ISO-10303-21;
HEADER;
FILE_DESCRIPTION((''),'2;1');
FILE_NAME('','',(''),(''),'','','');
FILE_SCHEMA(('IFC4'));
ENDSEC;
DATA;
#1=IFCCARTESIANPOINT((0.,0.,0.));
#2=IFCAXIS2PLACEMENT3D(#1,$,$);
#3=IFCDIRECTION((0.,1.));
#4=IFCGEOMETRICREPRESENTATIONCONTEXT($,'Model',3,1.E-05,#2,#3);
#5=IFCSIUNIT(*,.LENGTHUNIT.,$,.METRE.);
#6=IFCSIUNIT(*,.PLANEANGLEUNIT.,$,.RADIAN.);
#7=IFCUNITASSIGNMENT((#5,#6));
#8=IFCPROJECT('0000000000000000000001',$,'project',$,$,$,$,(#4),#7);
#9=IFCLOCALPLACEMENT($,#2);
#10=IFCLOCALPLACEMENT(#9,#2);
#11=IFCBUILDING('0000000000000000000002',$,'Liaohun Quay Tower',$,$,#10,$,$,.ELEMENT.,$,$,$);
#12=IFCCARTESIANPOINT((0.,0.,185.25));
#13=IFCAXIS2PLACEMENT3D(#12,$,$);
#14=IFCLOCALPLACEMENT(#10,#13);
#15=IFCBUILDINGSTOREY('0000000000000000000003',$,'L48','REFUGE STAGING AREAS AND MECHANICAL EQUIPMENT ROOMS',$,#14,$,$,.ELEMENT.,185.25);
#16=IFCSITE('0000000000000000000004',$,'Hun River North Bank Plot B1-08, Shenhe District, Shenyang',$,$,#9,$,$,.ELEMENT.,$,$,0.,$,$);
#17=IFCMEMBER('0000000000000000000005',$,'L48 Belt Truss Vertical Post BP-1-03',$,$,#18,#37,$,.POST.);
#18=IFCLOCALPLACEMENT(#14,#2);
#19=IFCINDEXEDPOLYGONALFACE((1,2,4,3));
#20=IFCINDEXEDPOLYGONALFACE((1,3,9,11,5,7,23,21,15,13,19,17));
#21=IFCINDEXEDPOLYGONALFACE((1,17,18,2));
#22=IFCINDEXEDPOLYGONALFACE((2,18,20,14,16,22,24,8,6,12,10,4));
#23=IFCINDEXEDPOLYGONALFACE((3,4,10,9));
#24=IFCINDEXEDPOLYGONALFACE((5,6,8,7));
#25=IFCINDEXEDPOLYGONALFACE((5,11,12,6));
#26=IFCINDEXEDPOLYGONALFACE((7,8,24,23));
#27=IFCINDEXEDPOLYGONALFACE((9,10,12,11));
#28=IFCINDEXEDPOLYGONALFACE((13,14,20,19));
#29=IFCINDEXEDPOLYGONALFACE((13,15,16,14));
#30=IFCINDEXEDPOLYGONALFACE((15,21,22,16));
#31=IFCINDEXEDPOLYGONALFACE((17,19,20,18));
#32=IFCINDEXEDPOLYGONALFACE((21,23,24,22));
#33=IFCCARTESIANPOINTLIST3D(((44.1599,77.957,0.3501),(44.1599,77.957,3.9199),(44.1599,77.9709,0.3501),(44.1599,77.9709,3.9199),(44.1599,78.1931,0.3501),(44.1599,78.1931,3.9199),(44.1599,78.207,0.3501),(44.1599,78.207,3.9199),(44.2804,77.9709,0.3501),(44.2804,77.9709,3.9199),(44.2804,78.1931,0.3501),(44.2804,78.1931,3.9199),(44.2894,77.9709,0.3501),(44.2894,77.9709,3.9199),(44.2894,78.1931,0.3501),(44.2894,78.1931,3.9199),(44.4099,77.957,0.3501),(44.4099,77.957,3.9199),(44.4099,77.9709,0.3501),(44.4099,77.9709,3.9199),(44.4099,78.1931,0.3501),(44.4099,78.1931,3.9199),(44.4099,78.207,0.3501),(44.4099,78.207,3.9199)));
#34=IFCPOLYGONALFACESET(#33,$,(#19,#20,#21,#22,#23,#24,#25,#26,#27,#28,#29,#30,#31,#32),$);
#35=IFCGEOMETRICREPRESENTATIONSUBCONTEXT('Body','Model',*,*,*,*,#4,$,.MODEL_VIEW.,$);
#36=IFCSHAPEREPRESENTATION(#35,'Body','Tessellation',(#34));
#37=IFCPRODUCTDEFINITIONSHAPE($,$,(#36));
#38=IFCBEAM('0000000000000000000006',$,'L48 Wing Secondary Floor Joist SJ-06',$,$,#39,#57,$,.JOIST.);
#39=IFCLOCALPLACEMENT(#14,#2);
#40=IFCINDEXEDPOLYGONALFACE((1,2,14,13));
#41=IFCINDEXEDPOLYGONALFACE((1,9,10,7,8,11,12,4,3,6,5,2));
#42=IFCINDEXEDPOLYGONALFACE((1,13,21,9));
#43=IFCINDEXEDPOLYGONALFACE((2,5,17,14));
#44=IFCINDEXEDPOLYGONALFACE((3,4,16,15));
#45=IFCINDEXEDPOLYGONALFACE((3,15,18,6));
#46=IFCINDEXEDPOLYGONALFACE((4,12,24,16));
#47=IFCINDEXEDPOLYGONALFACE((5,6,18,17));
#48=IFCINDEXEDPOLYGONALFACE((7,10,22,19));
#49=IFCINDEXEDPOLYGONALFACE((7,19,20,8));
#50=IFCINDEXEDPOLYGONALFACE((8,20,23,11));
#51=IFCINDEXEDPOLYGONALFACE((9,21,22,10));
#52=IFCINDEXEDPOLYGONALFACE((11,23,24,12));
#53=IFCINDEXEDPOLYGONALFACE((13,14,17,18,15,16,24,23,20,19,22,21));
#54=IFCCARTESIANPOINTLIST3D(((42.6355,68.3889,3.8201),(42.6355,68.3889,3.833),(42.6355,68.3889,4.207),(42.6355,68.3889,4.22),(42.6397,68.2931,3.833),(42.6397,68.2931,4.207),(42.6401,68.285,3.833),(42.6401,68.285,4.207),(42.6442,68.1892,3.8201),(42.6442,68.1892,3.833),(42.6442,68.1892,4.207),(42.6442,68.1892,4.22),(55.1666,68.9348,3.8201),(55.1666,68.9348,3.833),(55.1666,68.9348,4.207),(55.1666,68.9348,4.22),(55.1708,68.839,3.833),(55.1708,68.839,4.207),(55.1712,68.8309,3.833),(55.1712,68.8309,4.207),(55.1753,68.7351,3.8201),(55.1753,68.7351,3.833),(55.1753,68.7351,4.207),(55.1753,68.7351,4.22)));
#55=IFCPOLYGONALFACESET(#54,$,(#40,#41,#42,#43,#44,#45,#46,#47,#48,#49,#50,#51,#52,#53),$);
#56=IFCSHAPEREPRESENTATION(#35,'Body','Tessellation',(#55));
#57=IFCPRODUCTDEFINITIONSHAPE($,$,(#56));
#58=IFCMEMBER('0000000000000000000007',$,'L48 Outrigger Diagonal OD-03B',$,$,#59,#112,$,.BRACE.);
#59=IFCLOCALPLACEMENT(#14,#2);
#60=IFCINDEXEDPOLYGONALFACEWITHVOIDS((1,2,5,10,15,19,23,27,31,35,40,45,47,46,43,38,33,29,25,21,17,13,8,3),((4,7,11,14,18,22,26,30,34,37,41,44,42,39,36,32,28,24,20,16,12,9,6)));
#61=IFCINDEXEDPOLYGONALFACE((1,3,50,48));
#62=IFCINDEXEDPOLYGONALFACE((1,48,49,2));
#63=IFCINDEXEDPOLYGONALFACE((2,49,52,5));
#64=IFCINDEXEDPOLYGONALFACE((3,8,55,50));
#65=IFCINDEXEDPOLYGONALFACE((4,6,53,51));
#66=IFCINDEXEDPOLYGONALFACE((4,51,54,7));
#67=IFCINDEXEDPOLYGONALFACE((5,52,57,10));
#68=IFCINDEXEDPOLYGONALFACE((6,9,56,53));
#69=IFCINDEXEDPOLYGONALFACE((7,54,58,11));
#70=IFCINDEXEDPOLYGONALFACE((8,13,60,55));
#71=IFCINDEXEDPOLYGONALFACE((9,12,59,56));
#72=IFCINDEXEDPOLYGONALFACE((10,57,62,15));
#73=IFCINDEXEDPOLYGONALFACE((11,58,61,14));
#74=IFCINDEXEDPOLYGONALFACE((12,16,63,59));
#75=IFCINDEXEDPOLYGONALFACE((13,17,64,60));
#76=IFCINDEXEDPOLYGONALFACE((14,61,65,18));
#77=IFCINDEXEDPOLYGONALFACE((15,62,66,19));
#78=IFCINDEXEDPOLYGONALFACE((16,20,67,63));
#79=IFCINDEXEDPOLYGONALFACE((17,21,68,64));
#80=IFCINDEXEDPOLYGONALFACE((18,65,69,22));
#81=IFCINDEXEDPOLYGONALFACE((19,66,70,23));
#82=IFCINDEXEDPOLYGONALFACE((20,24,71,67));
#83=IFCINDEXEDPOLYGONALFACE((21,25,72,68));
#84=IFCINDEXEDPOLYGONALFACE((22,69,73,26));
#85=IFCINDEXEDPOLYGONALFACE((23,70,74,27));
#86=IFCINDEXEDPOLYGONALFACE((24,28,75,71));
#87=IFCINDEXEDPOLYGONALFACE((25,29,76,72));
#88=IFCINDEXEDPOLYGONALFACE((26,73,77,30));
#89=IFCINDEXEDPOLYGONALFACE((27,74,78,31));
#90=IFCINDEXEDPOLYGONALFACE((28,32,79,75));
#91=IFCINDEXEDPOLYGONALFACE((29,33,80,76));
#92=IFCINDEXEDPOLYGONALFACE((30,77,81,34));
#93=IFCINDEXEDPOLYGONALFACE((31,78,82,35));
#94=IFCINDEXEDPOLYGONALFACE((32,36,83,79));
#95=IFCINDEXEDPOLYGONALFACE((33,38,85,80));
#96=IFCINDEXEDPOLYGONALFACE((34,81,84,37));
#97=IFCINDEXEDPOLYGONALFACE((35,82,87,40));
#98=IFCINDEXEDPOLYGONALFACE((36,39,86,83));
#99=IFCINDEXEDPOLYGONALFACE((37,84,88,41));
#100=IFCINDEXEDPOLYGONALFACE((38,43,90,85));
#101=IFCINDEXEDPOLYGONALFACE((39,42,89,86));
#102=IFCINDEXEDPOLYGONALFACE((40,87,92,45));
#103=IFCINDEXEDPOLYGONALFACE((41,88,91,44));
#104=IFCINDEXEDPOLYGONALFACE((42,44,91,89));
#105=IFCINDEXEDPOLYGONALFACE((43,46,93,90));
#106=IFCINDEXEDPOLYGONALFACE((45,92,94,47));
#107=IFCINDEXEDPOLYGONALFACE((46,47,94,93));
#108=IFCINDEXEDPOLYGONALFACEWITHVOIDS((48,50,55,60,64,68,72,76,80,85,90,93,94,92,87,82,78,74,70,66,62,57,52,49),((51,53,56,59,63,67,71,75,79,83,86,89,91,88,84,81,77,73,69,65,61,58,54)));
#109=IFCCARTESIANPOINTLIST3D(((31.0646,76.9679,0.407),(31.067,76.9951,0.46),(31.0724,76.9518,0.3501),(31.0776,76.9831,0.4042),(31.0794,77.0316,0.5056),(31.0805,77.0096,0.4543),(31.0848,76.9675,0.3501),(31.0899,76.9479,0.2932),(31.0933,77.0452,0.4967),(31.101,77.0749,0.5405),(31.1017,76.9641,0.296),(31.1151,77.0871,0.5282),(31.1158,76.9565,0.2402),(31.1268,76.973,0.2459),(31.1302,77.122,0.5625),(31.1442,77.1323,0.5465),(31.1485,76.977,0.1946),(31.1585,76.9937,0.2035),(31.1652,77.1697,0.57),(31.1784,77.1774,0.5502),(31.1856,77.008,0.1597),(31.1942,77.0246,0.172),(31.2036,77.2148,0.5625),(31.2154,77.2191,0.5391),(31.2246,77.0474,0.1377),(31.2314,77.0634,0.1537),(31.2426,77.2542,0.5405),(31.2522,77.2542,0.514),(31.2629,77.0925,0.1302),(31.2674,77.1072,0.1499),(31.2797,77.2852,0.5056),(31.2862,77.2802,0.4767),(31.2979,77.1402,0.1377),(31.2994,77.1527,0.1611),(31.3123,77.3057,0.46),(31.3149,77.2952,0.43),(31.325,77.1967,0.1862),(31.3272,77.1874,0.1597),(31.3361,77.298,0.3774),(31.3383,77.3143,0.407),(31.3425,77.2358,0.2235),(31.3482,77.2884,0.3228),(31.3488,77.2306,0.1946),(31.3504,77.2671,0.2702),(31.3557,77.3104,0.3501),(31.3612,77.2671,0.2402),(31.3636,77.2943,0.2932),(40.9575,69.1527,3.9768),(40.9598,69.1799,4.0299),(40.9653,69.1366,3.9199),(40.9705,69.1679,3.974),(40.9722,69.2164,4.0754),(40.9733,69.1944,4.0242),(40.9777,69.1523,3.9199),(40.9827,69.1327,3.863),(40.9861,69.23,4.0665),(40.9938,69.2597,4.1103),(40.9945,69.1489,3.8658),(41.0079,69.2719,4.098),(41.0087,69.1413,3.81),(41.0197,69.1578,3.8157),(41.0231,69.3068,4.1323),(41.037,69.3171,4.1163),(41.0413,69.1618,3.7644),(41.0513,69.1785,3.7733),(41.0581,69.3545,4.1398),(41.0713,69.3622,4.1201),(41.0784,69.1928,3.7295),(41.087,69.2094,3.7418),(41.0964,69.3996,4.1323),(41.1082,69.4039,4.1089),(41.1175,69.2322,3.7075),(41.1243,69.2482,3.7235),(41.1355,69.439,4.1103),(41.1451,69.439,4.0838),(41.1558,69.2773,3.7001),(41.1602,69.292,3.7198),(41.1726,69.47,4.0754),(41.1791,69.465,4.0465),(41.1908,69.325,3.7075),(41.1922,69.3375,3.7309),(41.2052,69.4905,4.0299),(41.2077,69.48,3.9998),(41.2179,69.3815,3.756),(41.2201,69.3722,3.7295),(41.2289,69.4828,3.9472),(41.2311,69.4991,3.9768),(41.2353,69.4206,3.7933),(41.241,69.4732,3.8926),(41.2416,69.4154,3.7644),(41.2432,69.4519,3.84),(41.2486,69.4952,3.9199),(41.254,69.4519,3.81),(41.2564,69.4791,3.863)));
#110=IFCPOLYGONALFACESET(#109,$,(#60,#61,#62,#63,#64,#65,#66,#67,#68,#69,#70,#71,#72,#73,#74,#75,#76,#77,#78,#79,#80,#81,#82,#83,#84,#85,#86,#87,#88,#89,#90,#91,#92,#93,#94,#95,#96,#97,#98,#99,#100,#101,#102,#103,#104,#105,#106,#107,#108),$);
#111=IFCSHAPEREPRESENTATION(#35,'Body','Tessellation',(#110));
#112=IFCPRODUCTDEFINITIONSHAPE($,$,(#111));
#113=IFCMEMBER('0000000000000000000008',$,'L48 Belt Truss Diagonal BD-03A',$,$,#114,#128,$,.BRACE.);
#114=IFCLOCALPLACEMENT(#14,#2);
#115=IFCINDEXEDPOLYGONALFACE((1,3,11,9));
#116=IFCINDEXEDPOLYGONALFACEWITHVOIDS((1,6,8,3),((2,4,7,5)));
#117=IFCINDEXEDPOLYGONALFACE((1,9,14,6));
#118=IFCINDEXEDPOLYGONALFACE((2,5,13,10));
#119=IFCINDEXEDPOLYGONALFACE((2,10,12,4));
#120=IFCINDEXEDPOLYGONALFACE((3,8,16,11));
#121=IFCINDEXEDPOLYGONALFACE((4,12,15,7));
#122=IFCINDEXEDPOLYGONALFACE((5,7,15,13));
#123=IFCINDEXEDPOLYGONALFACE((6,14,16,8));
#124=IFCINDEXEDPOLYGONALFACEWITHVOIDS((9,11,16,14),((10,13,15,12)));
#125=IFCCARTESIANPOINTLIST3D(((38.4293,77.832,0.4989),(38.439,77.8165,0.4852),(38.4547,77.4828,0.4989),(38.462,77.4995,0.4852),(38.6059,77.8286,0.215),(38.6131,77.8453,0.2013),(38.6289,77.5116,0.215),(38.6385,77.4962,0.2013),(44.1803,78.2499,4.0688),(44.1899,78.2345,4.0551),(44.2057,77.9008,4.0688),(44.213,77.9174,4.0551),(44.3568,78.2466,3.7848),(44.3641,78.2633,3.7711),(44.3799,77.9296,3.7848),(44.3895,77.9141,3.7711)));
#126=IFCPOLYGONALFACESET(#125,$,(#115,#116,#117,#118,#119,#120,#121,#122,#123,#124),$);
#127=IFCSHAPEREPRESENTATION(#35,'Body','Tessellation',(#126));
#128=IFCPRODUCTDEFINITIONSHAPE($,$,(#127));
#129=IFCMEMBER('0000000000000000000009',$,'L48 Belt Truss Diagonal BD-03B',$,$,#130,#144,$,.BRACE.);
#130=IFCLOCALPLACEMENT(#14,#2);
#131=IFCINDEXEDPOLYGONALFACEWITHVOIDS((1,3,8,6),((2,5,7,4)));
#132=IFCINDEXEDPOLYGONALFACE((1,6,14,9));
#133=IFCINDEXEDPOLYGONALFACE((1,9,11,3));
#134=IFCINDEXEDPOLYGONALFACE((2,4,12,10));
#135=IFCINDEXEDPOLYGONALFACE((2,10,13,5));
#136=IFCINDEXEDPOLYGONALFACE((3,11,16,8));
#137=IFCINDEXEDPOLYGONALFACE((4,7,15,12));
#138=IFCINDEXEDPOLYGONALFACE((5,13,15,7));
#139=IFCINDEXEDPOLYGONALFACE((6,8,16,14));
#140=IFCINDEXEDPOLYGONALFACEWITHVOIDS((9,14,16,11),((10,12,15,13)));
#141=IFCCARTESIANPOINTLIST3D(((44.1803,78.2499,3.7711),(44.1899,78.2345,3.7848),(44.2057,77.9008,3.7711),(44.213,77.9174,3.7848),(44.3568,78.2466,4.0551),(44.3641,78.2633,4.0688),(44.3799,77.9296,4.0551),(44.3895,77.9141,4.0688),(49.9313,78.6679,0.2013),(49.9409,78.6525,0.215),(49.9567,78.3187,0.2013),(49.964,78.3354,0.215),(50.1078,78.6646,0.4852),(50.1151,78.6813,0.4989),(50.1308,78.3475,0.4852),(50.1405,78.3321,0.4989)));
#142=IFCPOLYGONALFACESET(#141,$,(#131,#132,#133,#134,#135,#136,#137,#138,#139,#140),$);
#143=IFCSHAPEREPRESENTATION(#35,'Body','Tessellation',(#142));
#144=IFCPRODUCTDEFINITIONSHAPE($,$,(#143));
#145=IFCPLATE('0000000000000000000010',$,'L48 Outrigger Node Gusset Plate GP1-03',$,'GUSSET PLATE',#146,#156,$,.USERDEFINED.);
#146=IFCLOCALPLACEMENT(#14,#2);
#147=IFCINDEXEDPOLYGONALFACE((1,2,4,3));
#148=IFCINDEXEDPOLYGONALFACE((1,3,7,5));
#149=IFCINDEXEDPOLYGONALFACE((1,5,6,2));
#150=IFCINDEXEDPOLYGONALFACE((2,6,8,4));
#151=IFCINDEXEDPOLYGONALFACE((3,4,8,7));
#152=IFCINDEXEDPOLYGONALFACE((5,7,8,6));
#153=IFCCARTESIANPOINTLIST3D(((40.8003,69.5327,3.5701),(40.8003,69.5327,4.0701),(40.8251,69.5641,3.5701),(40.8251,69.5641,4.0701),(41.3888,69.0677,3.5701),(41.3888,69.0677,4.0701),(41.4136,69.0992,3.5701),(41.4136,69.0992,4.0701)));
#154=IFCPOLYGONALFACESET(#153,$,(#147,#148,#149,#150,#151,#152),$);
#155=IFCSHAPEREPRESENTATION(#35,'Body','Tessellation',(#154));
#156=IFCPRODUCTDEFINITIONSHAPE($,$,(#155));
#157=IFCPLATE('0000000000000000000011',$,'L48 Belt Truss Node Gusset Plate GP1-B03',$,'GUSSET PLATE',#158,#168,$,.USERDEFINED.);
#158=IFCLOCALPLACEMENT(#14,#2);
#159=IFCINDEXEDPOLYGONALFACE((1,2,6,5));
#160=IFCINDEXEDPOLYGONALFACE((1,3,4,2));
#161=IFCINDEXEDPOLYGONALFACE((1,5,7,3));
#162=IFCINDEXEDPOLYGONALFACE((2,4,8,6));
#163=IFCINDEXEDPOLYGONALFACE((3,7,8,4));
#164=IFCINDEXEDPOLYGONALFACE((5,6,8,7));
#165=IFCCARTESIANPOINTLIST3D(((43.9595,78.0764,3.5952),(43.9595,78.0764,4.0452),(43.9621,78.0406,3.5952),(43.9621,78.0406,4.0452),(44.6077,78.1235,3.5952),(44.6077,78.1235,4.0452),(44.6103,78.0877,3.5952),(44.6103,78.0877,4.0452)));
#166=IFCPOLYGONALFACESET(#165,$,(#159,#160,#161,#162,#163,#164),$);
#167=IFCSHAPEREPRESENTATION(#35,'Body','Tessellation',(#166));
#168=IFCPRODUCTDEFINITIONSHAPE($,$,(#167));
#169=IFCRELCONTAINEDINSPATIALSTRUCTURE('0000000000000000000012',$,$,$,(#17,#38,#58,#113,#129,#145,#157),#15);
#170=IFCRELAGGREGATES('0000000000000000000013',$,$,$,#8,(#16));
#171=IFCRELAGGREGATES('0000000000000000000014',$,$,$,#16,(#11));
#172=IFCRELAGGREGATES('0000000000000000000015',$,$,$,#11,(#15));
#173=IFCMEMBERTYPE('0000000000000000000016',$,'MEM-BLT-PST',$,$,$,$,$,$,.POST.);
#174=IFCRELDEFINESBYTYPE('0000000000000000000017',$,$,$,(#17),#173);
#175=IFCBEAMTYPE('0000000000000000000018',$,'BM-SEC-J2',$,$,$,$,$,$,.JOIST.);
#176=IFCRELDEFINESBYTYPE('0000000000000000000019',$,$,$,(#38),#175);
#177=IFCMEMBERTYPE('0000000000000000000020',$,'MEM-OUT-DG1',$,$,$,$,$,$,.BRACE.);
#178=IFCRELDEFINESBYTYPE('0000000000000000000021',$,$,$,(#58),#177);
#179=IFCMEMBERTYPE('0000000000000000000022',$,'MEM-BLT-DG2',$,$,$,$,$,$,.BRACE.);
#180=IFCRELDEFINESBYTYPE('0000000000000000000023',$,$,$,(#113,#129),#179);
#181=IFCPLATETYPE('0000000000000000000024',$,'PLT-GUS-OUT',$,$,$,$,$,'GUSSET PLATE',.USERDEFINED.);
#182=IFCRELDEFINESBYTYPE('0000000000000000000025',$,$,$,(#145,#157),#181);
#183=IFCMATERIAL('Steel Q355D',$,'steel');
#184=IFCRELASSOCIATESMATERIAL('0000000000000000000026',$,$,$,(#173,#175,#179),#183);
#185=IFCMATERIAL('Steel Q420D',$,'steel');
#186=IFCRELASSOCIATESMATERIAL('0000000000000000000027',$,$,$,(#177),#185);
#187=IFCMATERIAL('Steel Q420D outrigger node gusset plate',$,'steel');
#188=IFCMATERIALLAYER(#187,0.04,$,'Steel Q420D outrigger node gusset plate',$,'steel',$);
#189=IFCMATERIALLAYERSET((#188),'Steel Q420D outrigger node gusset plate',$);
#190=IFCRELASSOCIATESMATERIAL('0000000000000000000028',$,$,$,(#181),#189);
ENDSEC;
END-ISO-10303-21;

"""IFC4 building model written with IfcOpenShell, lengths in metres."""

from ifc_helpers import new_model, si_unit, direction, frame, origin, origin_2d, place, context, subcontext, project, spatial, rectangle, hollow_rectangle, hollow_circle, i_section, extrude, source, transform, mapped, material, layer, layer_set, material_profile, profile_set, type_object, element, save


model = new_model("IFC4")

# Units and contexts
model_context = context("Model", 3, precision=1e-05, world=origin(), true_north=direction((0.0, 1.0)))
body_context = subcontext(model_context, "Body", "Model", "MODEL_VIEW")
ifc_project = project(units=[si_unit("LENGTHUNIT", "METRE"), si_unit("PLANEANGLEUNIT", "RADIAN")], contexts=[model_context])

# Site, building, storey
site_placement = place(None, origin())
site = spatial("IfcSite", under=ifc_project, at=site_placement, Name="Hun River North Bank Plot B1-08, Shenhe District, Shenyang", CompositionType="ELEMENT", RefElevation=0.0)
building_placement = place(site_placement, origin())
building = spatial("IfcBuilding", under=site, at=building_placement, Name="Liaohun Quay Tower", CompositionType="ELEMENT")
storey_placement = place(building_placement, frame((0.0, 0.0, 185.25)))
storey = spatial("IfcBuildingStorey", under=building, at=storey_placement, Name="L48", Description="REFUGE STAGING AREAS AND MECHANICAL EQUIPMENT ROOMS", CompositionType="ELEMENT", Elevation=185.25)

# Member
ifc_material_1 = material(Name="Steel Q355D", Category="steel")
ifc_material_profile_1 = material_profile(ifc_material_1, i_section(OverallWidth=0.25, OverallDepth=0.25, WebThickness=0.009, FlangeThickness=0.0139, at=origin_2d()), Name="HW250x250x9x14")
ifc_profile_set_1 = profile_set([ifc_material_profile_1], Name="Steel Q355D")
member_type_1 = type_object("IfcMemberType", Name="MEM-BLT-PST", PredefinedType="POST", material=ifc_profile_set_1)
shared_shape_1 = source(origin(), body_context, "Body", "SweptSolid", [
    extrude(i_section(OverallWidth=0.25, OverallDepth=0.25, WebThickness=0.009, FlangeThickness=0.0139, at=origin_2d()), origin(), (0.0, 0.0, 1.0), 3.5698),
])
member_1_placement = place(storey_placement, frame((44.2849, 78.082, 0.3501), z_axis=(0.0, 0.0, 1.0), x_axis=(1.0, 0.0, 0.0)))
element("IfcMember", 1, at=member_1_placement, inside=storey, type_object=member_type_1, Name="L48 Belt Truss Vertical Post BP-1-03", PredefinedType="POST", context=body_context, shape_type="MappedRepresentation", body=[
    mapped(shared_shape_1, transform((0.0, 0.0, 0.0), x_axis=(1.0, 0.0, 0.0), y_axis=(0.0, 1.0, 0.0), z_axis=(0.0, 0.0, 1.0), scale=1.0)),
])

# Beam
ifc_material_profile_2 = material_profile(ifc_material_1, i_section(OverallWidth=0.2, OverallDepth=0.3999, WebThickness=0.0081, FlangeThickness=0.0129, at=origin_2d()), Name="HN400x200x8x13")
ifc_profile_set_2 = profile_set([ifc_material_profile_2], Name="Steel Q355D")
beam_type = type_object("IfcBeamType", Name="BM-SEC-J2", PredefinedType="JOIST", material=ifc_profile_set_2)
shared_shape_2 = source(origin(), body_context, "Body", "SweptSolid", [
    extrude(i_section(OverallWidth=0.2, OverallDepth=0.3999, WebThickness=0.0081, FlangeThickness=0.0129, at=origin_2d()), origin(), (0.0, 0.0, 1.0), 12.543),
])
beam_placement = place(storey_placement, frame((42.6399, 68.2891, 4.02), z_axis=(0.999052, 0.043523, 0.0), x_axis=(-0.043523, 0.999052, 0.0)))
element("IfcBeam", 2, at=beam_placement, inside=storey, type_object=beam_type, Name="L48 Wing Secondary Floor Joist SJ-06", PredefinedType="JOIST", context=body_context, shape_type="MappedRepresentation", body=[
    mapped(shared_shape_2, transform((0.0, 0.0, 0.0), x_axis=(1.0, 0.0, 0.0), y_axis=(0.0, 1.0, 0.0), z_axis=(0.0, 0.0, 1.0), scale=1.0)),
])

# Members
ifc_material_2 = material(Name="Steel Q420D", Category="steel")
ifc_material_profile_3 = material_profile(ifc_material_2, hollow_circle(Radius=0.2285, WallThickness=0.02, at=origin_2d()), Name="CHS457x20")
ifc_profile_set_3 = profile_set([ifc_material_profile_3], Name="Steel Q420D")
member_type_2 = type_object("IfcMemberType", Name="MEM-OUT-DG1", PredefinedType="BRACE", material=ifc_profile_set_3)
shared_shape_3 = source(origin(), body_context, "Body", "SweptSolid", [
    extrude(hollow_circle(Radius=0.2285, WallThickness=0.02, at=origin_2d()), origin(), (0.0, 0.0, 1.0), 13.103),
])
member_2_placement = place(storey_placement, frame((41.1069, 69.3159, 3.9199), z_axis=(-0.755004, 0.596442, -0.272443), x_axis=(-0.619892, -0.784687, 0.0)))
element("IfcMember", 3, at=member_2_placement, inside=storey, type_object=member_type_2, Name="L48 Outrigger Diagonal OD-03B", PredefinedType="BRACE", context=body_context, shape_type="MappedRepresentation", body=[
    mapped(shared_shape_3, transform((0.0, 0.0, 0.0), x_axis=(1.0, 0.0, 0.0), y_axis=(0.0, 1.0, 0.0), z_axis=(0.0, 0.0, 1.0), scale=1.0)),
])
ifc_material_profile_4 = material_profile(ifc_material_1, hollow_rectangle(XDim=0.3501, YDim=0.3501, WallThickness=0.0161, at=origin_2d()), Name="SHS350x350x16")
ifc_profile_set_4 = profile_set([ifc_material_profile_4], Name="Steel Q355D")
member_type_3 = type_object("IfcMemberType", Name="MEM-BLT-DG2", PredefinedType="BRACE", material=ifc_profile_set_4)
shared_shape_4 = source(origin(), body_context, "Body", "SweptSolid", [
    extrude(hollow_rectangle(XDim=0.3501, YDim=0.3501, WallThickness=0.0161, at=origin_2d()), origin(), (0.0, 0.0, 1.0), 6.7817),
])
for number, where, z_axis, x_axis, name in (
    (4, (38.5339, 77.6641, 0.3501), (0.848008, 0.061631, 0.526387), (-0.072487, 0.997369, 0.0), "L48 Belt Truss Diagonal BD-03A"),
    (5, (44.2849, 78.082, 3.9199), (0.848008, 0.061631, -0.526387), (-0.072487, 0.997369, 0.0), "L48 Belt Truss Diagonal BD-03B"),
):
    element("IfcMember", number, at=place(storey_placement, frame(where, z_axis=z_axis, x_axis=x_axis)), inside=storey, type_object=member_type_3, Name=name, PredefinedType="BRACE", context=body_context, shape_type="MappedRepresentation", body=[
        mapped(shared_shape_4, transform((0.0, 0.0, 0.0), x_axis=(1.0, 0.0, 0.0), y_axis=(0.0, 1.0, 0.0), z_axis=(0.0, 0.0, 1.0), scale=1.0)),
    ])

# Plates
ifc_material_3 = material(Name="Steel Q420D outrigger node gusset plate", Category="steel")
ifc_layer_1 = layer(ifc_material_3, 0.04, Name="Steel Q420D outrigger node gusset plate", Category="steel")
ifc_layer_set_1 = layer_set([ifc_layer_1], Name="Steel Q420D outrigger node gusset plate")
plate_type = type_object("IfcPlateType", Name="PLT-GUS-OUT", ElementType="GUSSET PLATE", PredefinedType="USERDEFINED", material=ifc_layer_set_1)
shared_shape_5 = source(origin(), body_context, "Body", "SweptSolid", [
    extrude(rectangle(XDim=0.75, YDim=0.04, at=origin_2d()), origin(), (0.0, 0.0, 1.0), 0.5),
])
plate_1_placement = place(storey_placement, frame((41.1069, 69.3159, 3.5701), z_axis=(0.0, 0.0, 1.0), x_axis=(-0.784668, 0.619916, 0.0)))
element("IfcPlate", 6, at=plate_1_placement, inside=storey, type_object=plate_type, Name="L48 Outrigger Node Gusset Plate GP1-03", ObjectType="GUSSET PLATE", PredefinedType="USERDEFINED", context=body_context, shape_type="MappedRepresentation", body=[
    mapped(shared_shape_5, transform((0.0, 0.0, 0.0), x_axis=(1.0, 0.0, 0.0), y_axis=(0.0, 1.0, 0.0), z_axis=(0.0, 0.0, 1.0), scale=1.0)),
])
shared_shape_6 = source(origin(), body_context, "Body", "SweptSolid", [
    extrude(rectangle(XDim=0.6499, YDim=0.0359, at=origin_2d()), origin(), (0.0, 0.0, 1.0), 0.45),
])
plate_2_placement = place(storey_placement, frame((44.2849, 78.082, 3.5952), z_axis=(0.0, 0.0, 1.0), x_axis=(0.997365, 0.072542, 0.0)))
element("IfcPlate", 7, at=plate_2_placement, inside=storey, type_object=plate_type, Name="L48 Belt Truss Node Gusset Plate GP1-B03", ObjectType="GUSSET PLATE", PredefinedType="USERDEFINED", context=body_context, shape_type="MappedRepresentation", body=[
    mapped(shared_shape_6, transform((0.0, 0.0, 0.0), x_axis=(1.0, 0.0, 0.0), y_axis=(0.0, 1.0, 0.0), z_axis=(0.0, 0.0, 1.0), scale=1.0)),
])

save(model, "model.ifc")
